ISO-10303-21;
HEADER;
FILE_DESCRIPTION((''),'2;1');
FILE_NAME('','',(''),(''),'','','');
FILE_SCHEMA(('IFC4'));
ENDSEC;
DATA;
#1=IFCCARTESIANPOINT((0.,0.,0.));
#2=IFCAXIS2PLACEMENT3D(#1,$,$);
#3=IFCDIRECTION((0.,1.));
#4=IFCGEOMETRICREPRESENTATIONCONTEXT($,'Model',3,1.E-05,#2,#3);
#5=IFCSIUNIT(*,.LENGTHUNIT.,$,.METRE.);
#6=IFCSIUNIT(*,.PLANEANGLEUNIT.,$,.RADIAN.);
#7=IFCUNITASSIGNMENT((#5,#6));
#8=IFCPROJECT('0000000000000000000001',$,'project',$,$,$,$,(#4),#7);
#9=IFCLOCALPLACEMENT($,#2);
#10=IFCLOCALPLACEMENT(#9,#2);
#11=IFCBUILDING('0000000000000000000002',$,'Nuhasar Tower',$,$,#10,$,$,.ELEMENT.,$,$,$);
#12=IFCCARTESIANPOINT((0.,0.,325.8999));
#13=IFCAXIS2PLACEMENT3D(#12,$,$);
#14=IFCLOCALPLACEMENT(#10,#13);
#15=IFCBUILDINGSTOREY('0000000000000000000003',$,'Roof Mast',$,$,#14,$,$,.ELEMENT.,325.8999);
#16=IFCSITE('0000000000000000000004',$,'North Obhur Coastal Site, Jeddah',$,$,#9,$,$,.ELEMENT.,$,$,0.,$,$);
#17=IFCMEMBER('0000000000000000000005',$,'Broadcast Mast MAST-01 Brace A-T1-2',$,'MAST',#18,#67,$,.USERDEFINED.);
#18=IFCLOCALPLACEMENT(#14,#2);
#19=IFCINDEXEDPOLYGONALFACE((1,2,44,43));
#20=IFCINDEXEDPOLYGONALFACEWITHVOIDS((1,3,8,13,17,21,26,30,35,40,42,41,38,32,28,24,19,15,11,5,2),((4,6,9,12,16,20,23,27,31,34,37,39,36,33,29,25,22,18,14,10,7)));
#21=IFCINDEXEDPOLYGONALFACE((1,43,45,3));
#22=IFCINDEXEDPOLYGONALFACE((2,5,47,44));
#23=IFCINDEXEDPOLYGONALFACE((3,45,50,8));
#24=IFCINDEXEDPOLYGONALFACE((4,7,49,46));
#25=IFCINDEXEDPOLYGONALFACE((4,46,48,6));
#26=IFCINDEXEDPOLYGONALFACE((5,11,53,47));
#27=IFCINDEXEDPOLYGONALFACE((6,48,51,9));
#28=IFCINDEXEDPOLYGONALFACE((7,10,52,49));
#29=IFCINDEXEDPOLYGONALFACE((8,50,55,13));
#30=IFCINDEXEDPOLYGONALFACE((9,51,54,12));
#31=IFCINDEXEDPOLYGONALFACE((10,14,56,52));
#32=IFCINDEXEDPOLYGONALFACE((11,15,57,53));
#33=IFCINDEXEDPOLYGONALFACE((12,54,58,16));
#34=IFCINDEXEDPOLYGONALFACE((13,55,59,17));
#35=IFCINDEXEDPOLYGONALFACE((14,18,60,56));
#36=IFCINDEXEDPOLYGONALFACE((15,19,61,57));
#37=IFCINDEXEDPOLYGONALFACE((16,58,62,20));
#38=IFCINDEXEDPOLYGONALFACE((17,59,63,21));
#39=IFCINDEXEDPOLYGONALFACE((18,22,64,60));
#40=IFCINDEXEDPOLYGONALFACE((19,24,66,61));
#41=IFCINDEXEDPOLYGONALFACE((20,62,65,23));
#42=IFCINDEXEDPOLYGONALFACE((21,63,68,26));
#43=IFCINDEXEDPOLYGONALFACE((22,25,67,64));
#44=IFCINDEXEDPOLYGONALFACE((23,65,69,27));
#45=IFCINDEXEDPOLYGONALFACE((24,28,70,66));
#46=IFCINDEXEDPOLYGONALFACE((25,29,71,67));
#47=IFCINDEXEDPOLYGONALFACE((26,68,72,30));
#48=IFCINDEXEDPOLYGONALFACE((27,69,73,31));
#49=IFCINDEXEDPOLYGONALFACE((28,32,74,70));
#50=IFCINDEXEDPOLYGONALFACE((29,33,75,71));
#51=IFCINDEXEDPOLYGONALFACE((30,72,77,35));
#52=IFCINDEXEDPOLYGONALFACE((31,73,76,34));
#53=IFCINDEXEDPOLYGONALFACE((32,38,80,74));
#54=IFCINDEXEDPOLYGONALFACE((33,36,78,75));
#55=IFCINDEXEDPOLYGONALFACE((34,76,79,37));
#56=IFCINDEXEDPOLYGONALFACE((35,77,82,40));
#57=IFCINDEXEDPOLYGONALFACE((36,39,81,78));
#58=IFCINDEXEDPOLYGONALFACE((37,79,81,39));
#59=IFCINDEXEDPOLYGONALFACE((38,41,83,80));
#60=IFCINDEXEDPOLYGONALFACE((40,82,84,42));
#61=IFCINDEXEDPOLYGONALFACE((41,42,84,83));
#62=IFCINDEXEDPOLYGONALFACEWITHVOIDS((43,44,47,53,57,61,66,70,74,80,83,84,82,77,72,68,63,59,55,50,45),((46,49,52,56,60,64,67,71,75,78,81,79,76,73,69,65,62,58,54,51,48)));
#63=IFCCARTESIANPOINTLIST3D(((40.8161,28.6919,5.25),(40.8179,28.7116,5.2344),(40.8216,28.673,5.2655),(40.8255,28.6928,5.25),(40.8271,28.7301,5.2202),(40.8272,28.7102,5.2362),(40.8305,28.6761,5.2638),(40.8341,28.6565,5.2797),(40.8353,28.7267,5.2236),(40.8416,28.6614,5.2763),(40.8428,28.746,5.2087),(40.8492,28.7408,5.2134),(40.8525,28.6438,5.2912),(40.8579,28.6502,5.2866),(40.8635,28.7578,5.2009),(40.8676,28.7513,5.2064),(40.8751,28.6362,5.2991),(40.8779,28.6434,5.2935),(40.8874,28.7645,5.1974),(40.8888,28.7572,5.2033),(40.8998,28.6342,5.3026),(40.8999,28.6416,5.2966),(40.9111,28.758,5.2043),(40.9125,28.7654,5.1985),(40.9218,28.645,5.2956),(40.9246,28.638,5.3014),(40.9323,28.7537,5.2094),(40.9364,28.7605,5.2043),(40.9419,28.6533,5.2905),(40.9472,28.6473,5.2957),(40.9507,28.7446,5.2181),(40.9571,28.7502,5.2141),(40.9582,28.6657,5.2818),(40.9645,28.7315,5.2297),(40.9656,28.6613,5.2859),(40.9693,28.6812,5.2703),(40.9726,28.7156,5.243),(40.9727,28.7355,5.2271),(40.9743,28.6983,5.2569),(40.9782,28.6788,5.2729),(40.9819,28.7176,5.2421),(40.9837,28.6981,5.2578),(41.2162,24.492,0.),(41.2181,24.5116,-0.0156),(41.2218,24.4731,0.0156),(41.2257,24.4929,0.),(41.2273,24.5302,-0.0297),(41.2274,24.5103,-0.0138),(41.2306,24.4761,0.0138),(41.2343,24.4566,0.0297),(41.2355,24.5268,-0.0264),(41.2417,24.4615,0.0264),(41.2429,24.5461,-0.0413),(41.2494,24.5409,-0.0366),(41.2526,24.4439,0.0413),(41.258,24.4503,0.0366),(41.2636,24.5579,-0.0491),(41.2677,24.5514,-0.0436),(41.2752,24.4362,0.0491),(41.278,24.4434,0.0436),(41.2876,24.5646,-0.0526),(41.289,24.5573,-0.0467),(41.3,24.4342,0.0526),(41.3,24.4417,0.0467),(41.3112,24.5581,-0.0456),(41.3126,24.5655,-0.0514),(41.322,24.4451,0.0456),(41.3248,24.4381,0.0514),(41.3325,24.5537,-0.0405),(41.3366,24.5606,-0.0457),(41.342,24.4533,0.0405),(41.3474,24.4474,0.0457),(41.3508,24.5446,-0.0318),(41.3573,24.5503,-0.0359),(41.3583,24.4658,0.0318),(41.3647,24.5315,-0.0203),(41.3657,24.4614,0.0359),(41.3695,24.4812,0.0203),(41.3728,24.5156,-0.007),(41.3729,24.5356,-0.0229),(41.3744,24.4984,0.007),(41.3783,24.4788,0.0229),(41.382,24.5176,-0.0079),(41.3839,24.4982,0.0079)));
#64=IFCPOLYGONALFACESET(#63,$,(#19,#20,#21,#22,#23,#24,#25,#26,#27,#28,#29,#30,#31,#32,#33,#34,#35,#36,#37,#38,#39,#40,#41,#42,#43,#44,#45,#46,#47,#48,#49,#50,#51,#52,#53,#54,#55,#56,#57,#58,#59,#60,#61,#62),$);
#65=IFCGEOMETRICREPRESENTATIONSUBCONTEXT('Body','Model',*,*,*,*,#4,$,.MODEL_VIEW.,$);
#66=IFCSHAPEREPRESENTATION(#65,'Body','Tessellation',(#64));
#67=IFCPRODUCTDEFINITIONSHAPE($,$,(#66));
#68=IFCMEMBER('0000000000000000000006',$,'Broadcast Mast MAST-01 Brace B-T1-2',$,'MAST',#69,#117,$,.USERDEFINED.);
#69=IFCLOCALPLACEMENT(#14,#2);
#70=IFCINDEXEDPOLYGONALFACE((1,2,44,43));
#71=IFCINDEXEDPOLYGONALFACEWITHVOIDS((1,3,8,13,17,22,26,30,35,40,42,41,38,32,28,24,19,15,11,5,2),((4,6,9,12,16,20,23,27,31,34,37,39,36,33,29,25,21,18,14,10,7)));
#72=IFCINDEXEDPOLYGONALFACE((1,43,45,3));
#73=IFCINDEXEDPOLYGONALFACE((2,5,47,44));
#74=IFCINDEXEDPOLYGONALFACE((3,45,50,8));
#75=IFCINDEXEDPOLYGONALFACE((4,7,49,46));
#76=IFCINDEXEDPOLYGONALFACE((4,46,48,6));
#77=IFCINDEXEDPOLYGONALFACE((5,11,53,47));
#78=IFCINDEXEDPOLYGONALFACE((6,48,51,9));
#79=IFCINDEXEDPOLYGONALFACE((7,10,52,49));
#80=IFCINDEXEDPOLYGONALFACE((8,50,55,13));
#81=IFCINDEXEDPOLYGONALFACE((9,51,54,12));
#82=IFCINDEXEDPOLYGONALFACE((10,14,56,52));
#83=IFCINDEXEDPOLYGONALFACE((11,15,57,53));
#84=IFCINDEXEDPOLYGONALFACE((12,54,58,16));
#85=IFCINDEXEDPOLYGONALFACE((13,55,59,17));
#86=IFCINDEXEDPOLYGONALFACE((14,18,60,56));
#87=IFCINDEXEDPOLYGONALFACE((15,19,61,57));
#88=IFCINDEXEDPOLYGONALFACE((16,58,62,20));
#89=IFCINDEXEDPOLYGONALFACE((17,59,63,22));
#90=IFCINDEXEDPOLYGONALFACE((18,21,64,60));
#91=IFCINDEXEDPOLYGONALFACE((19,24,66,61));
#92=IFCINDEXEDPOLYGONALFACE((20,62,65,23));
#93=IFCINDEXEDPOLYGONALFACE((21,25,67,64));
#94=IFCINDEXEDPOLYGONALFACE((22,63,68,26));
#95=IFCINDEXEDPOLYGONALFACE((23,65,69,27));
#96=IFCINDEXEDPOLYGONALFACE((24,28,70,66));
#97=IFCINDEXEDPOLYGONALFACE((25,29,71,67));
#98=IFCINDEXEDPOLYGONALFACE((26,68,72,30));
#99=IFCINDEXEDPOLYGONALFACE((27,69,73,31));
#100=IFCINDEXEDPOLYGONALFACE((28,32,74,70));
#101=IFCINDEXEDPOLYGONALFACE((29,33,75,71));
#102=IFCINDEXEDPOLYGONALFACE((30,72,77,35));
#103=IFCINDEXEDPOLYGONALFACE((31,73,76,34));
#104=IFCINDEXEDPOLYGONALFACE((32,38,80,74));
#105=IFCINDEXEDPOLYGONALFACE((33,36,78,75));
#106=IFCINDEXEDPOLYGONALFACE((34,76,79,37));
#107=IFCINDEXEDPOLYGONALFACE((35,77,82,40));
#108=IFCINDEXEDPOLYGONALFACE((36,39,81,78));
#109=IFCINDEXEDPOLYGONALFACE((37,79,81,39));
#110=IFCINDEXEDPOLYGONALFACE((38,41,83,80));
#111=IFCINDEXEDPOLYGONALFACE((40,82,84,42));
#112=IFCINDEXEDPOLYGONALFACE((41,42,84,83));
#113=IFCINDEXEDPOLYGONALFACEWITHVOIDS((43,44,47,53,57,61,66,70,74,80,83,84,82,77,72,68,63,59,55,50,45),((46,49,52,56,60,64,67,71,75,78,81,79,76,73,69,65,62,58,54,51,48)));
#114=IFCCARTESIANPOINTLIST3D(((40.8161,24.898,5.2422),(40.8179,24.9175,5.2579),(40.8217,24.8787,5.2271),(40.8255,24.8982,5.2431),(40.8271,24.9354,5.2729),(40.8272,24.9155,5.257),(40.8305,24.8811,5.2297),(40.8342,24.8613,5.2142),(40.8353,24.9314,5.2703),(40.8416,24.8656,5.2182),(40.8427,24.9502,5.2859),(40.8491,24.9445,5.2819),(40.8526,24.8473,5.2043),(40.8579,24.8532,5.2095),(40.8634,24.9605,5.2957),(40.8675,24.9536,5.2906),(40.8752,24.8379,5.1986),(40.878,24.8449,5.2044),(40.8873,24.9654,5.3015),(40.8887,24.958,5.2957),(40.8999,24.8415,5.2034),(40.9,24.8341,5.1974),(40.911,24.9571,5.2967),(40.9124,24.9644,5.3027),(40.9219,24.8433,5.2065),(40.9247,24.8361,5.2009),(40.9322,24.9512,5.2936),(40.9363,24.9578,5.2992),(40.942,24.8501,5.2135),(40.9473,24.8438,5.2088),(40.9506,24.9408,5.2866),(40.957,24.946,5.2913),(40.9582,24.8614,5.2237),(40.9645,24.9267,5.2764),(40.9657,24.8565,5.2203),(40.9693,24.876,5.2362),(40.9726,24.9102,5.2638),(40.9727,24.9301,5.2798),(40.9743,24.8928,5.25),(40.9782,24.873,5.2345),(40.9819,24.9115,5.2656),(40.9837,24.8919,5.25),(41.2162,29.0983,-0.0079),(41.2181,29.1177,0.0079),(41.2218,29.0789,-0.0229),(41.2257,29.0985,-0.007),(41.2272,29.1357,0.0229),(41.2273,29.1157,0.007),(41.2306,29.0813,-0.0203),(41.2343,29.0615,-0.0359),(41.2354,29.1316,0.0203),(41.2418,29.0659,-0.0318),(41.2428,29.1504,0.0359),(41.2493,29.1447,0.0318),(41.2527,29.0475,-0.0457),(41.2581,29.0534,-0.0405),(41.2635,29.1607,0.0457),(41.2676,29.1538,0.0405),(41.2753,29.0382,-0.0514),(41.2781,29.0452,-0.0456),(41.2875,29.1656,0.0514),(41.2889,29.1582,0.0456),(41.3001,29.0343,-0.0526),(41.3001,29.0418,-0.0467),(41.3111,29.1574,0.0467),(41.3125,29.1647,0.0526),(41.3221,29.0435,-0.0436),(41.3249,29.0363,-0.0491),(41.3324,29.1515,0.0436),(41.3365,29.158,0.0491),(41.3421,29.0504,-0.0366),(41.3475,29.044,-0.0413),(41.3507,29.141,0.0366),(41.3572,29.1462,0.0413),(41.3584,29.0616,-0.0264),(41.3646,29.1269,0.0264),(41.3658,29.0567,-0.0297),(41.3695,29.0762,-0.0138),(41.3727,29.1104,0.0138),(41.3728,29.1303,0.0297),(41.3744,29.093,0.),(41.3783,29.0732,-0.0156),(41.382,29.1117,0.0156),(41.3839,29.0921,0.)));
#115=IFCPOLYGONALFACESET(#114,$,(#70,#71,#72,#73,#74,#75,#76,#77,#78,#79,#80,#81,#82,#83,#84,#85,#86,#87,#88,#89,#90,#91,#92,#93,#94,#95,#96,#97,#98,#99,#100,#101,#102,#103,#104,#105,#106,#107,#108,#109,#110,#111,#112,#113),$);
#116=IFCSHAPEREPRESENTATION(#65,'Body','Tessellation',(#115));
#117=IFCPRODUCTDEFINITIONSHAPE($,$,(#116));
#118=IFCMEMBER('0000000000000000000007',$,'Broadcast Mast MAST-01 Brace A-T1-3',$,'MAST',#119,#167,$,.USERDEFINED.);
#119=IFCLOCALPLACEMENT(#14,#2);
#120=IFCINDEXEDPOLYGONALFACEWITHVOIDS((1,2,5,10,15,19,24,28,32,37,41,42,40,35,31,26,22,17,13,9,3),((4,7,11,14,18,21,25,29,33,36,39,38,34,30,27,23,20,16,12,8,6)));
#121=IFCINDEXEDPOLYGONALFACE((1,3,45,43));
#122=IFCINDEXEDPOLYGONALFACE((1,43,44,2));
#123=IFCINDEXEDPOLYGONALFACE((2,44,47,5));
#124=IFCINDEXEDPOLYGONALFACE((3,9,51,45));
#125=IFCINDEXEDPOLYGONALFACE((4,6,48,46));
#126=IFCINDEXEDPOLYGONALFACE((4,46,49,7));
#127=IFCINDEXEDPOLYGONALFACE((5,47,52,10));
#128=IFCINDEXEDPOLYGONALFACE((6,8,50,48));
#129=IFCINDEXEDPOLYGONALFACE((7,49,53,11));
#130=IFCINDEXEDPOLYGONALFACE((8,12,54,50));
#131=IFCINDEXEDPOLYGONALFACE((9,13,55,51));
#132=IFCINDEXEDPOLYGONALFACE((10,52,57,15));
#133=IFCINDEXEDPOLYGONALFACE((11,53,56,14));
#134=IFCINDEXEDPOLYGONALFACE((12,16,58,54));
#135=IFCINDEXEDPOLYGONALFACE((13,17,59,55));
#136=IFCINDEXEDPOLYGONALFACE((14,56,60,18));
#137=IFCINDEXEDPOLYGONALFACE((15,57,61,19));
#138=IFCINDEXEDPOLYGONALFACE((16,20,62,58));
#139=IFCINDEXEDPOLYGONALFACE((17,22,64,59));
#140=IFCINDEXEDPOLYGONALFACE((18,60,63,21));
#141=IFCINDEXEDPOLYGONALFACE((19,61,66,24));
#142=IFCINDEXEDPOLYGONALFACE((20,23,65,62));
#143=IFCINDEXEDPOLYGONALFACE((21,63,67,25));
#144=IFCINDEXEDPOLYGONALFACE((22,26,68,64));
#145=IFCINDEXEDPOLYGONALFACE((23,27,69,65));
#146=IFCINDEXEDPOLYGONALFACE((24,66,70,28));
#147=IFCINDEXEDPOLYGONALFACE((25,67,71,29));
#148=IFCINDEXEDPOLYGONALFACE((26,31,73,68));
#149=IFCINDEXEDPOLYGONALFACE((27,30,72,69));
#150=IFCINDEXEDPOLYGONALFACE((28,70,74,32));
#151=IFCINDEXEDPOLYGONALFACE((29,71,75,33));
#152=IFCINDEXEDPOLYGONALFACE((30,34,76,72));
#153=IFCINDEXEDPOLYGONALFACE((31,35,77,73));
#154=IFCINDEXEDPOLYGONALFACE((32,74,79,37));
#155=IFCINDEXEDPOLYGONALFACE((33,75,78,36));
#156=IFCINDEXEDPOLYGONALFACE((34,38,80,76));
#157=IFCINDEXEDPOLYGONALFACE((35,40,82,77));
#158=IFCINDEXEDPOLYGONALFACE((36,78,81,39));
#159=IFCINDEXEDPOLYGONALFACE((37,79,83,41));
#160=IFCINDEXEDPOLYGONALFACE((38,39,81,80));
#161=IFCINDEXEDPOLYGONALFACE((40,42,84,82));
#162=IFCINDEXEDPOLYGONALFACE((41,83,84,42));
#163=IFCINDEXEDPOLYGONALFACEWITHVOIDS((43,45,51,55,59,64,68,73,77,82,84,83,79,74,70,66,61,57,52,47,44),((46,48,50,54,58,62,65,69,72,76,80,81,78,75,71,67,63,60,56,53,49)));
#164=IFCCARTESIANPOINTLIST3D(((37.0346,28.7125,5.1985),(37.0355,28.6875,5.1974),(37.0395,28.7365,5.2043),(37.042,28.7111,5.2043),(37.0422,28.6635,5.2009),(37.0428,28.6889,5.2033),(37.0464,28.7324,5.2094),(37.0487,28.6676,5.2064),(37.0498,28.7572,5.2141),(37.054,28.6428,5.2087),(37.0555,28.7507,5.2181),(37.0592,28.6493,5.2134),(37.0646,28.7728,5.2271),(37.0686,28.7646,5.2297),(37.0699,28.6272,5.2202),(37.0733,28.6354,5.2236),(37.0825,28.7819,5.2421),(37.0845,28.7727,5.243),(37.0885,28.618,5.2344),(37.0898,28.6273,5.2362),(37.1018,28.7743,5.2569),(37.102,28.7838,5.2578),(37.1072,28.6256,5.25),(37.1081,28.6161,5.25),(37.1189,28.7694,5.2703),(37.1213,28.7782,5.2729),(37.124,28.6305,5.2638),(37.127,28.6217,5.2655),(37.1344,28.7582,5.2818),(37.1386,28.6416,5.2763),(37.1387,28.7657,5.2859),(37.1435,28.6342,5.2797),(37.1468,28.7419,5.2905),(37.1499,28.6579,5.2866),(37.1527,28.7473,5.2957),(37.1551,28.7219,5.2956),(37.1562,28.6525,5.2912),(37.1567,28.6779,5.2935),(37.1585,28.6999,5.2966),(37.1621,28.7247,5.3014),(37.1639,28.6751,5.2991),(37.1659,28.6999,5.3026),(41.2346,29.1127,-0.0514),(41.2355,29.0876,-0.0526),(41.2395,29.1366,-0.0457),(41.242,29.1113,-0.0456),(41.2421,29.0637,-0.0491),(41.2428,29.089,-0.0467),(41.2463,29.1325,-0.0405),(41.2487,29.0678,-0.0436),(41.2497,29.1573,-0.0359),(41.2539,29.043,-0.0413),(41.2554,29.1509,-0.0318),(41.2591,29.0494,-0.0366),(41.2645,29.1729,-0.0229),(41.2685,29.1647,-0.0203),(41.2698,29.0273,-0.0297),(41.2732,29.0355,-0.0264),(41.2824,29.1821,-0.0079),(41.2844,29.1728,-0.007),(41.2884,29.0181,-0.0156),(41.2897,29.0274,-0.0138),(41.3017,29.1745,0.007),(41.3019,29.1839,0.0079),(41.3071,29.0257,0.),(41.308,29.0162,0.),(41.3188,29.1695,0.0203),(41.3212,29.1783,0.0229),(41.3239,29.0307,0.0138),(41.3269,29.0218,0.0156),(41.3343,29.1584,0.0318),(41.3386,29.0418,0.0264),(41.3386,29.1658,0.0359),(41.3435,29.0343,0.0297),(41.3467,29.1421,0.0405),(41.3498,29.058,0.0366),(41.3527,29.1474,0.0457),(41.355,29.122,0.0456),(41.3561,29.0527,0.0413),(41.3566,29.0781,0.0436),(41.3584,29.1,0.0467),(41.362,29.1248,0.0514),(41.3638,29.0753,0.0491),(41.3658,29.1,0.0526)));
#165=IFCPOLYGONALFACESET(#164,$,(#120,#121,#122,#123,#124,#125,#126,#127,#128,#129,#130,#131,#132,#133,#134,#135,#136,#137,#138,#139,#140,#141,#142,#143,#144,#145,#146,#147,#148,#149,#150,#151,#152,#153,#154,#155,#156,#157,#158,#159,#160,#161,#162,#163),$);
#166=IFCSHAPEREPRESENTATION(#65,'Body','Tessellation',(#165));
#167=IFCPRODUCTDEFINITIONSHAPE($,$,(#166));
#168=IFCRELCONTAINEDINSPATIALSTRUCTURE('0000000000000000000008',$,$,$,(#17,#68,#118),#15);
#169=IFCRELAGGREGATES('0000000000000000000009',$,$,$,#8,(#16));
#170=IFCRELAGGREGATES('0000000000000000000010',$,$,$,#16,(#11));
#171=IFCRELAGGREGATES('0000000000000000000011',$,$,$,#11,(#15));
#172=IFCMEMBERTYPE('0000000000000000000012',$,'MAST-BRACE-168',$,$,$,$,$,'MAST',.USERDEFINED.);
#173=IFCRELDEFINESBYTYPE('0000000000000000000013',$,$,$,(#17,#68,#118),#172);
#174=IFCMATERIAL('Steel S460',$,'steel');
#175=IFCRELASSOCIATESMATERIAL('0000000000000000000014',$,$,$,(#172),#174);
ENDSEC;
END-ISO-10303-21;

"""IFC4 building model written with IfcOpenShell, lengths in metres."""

from ifc_helpers import new_model, si_unit, direction, frame, origin, origin_2d, place, context, subcontext, project, spatial, hollow_circle, extrude, material, material_profile, profile_set, type_object, element, save


model = new_model("IFC4")

# Units and contexts
model_context = context("Model", 3, precision=1e-05, world=origin(), true_north=direction((0.0, 1.0)))
body_context = subcontext(model_context, "Body", "Model", "MODEL_VIEW")
ifc_project = project(units=[si_unit("LENGTHUNIT", "METRE"), si_unit("PLANEANGLEUNIT", "RADIAN")], contexts=[model_context])

# Site, building, storey
site_placement = place(None, origin())
site = spatial("IfcSite", under=ifc_project, at=site_placement, Name="North Obhur Coastal Site, Jeddah", CompositionType="ELEMENT", RefElevation=0.0)
building_placement = place(site_placement, origin())
building = spatial("IfcBuilding", under=site, at=building_placement, Name="Nuhasar Tower", CompositionType="ELEMENT")
storey_placement = place(building_placement, frame((0.0, 0.0, 325.8999)))
storey = spatial("IfcBuildingStorey", under=building, at=storey_placement, Name="Roof Mast", CompositionType="ELEMENT", Elevation=325.8999)

# Shared definitions
ifc_material = material(Name="Steel S460", Category="steel")

# Members
ifc_material_profile_1 = material_profile(ifc_material, hollow_circle(Radius=0.0842, WallThickness=0.0095, at=origin_2d()), Name="HSS168.3X9.5")
ifc_profile_set_1 = profile_set([ifc_material_profile_1], Name="Steel S460")
member_type = type_object("IfcMemberType", Name="MAST-BRACE-168", ElementType="MAST", PredefinedType="USERDEFINED", material=ifc_profile_set_1)
for number, where, z_axis, x_axis, name in (
    (1, (41.3, 24.5, 0.0), (-0.059412, 0.623587, 0.779493), (-0.995492, -0.094845, 0.0), "Broadcast Mast MAST-01 Brace A-T1-2"),
):
    element("IfcMember", number, at=place(storey_placement, frame(where, z_axis=z_axis, x_axis=x_axis)), inside=storey, type_object=member_type, Name=name, ObjectType="MAST", PredefinedType="USERDEFINED", context=body_context, shape_type="SweptSolid", body=[
        extrude(hollow_circle(Radius=0.0842, WallThickness=0.0095, at=origin_2d()), origin(), (0.0, 0.0, 1.0), 6.7351),
    ])
member_1_placement = place(storey_placement, frame((41.3, 29.1001, 0.0), z_axis=(-0.05941, -0.623609, 0.779475), x_axis=(0.995493, -0.094839, 0.0)))
element("IfcMember", 2, at=member_1_placement, inside=storey, type_object=member_type, Name="Broadcast Mast MAST-01 Brace B-T1-2", ObjectType="MAST", PredefinedType="USERDEFINED", context=body_context, shape_type="SweptSolid", body=[
    extrude(hollow_circle(Radius=0.0842, WallThickness=0.0095, at=origin_2d()), origin(), (0.0, 0.0, 1.0), 6.7354),
])
member_2_placement = place(storey_placement, frame((41.3, 29.1001, 0.0), z_axis=(-0.623587, -0.059412, 0.779493), x_axis=(0.094845, -0.995492, 0.0)))
element("IfcMember", 3, at=member_2_placement, inside=storey, type_object=member_type, Name="Broadcast Mast MAST-01 Brace A-T1-3", ObjectType="MAST", PredefinedType="USERDEFINED", context=body_context, shape_type="SweptSolid", body=[
    extrude(hollow_circle(Radius=0.0842, WallThickness=0.0095, at=origin_2d()), origin(), (0.0, 0.0, 1.0), 6.7351),
])

save(model, "model.ifc")
